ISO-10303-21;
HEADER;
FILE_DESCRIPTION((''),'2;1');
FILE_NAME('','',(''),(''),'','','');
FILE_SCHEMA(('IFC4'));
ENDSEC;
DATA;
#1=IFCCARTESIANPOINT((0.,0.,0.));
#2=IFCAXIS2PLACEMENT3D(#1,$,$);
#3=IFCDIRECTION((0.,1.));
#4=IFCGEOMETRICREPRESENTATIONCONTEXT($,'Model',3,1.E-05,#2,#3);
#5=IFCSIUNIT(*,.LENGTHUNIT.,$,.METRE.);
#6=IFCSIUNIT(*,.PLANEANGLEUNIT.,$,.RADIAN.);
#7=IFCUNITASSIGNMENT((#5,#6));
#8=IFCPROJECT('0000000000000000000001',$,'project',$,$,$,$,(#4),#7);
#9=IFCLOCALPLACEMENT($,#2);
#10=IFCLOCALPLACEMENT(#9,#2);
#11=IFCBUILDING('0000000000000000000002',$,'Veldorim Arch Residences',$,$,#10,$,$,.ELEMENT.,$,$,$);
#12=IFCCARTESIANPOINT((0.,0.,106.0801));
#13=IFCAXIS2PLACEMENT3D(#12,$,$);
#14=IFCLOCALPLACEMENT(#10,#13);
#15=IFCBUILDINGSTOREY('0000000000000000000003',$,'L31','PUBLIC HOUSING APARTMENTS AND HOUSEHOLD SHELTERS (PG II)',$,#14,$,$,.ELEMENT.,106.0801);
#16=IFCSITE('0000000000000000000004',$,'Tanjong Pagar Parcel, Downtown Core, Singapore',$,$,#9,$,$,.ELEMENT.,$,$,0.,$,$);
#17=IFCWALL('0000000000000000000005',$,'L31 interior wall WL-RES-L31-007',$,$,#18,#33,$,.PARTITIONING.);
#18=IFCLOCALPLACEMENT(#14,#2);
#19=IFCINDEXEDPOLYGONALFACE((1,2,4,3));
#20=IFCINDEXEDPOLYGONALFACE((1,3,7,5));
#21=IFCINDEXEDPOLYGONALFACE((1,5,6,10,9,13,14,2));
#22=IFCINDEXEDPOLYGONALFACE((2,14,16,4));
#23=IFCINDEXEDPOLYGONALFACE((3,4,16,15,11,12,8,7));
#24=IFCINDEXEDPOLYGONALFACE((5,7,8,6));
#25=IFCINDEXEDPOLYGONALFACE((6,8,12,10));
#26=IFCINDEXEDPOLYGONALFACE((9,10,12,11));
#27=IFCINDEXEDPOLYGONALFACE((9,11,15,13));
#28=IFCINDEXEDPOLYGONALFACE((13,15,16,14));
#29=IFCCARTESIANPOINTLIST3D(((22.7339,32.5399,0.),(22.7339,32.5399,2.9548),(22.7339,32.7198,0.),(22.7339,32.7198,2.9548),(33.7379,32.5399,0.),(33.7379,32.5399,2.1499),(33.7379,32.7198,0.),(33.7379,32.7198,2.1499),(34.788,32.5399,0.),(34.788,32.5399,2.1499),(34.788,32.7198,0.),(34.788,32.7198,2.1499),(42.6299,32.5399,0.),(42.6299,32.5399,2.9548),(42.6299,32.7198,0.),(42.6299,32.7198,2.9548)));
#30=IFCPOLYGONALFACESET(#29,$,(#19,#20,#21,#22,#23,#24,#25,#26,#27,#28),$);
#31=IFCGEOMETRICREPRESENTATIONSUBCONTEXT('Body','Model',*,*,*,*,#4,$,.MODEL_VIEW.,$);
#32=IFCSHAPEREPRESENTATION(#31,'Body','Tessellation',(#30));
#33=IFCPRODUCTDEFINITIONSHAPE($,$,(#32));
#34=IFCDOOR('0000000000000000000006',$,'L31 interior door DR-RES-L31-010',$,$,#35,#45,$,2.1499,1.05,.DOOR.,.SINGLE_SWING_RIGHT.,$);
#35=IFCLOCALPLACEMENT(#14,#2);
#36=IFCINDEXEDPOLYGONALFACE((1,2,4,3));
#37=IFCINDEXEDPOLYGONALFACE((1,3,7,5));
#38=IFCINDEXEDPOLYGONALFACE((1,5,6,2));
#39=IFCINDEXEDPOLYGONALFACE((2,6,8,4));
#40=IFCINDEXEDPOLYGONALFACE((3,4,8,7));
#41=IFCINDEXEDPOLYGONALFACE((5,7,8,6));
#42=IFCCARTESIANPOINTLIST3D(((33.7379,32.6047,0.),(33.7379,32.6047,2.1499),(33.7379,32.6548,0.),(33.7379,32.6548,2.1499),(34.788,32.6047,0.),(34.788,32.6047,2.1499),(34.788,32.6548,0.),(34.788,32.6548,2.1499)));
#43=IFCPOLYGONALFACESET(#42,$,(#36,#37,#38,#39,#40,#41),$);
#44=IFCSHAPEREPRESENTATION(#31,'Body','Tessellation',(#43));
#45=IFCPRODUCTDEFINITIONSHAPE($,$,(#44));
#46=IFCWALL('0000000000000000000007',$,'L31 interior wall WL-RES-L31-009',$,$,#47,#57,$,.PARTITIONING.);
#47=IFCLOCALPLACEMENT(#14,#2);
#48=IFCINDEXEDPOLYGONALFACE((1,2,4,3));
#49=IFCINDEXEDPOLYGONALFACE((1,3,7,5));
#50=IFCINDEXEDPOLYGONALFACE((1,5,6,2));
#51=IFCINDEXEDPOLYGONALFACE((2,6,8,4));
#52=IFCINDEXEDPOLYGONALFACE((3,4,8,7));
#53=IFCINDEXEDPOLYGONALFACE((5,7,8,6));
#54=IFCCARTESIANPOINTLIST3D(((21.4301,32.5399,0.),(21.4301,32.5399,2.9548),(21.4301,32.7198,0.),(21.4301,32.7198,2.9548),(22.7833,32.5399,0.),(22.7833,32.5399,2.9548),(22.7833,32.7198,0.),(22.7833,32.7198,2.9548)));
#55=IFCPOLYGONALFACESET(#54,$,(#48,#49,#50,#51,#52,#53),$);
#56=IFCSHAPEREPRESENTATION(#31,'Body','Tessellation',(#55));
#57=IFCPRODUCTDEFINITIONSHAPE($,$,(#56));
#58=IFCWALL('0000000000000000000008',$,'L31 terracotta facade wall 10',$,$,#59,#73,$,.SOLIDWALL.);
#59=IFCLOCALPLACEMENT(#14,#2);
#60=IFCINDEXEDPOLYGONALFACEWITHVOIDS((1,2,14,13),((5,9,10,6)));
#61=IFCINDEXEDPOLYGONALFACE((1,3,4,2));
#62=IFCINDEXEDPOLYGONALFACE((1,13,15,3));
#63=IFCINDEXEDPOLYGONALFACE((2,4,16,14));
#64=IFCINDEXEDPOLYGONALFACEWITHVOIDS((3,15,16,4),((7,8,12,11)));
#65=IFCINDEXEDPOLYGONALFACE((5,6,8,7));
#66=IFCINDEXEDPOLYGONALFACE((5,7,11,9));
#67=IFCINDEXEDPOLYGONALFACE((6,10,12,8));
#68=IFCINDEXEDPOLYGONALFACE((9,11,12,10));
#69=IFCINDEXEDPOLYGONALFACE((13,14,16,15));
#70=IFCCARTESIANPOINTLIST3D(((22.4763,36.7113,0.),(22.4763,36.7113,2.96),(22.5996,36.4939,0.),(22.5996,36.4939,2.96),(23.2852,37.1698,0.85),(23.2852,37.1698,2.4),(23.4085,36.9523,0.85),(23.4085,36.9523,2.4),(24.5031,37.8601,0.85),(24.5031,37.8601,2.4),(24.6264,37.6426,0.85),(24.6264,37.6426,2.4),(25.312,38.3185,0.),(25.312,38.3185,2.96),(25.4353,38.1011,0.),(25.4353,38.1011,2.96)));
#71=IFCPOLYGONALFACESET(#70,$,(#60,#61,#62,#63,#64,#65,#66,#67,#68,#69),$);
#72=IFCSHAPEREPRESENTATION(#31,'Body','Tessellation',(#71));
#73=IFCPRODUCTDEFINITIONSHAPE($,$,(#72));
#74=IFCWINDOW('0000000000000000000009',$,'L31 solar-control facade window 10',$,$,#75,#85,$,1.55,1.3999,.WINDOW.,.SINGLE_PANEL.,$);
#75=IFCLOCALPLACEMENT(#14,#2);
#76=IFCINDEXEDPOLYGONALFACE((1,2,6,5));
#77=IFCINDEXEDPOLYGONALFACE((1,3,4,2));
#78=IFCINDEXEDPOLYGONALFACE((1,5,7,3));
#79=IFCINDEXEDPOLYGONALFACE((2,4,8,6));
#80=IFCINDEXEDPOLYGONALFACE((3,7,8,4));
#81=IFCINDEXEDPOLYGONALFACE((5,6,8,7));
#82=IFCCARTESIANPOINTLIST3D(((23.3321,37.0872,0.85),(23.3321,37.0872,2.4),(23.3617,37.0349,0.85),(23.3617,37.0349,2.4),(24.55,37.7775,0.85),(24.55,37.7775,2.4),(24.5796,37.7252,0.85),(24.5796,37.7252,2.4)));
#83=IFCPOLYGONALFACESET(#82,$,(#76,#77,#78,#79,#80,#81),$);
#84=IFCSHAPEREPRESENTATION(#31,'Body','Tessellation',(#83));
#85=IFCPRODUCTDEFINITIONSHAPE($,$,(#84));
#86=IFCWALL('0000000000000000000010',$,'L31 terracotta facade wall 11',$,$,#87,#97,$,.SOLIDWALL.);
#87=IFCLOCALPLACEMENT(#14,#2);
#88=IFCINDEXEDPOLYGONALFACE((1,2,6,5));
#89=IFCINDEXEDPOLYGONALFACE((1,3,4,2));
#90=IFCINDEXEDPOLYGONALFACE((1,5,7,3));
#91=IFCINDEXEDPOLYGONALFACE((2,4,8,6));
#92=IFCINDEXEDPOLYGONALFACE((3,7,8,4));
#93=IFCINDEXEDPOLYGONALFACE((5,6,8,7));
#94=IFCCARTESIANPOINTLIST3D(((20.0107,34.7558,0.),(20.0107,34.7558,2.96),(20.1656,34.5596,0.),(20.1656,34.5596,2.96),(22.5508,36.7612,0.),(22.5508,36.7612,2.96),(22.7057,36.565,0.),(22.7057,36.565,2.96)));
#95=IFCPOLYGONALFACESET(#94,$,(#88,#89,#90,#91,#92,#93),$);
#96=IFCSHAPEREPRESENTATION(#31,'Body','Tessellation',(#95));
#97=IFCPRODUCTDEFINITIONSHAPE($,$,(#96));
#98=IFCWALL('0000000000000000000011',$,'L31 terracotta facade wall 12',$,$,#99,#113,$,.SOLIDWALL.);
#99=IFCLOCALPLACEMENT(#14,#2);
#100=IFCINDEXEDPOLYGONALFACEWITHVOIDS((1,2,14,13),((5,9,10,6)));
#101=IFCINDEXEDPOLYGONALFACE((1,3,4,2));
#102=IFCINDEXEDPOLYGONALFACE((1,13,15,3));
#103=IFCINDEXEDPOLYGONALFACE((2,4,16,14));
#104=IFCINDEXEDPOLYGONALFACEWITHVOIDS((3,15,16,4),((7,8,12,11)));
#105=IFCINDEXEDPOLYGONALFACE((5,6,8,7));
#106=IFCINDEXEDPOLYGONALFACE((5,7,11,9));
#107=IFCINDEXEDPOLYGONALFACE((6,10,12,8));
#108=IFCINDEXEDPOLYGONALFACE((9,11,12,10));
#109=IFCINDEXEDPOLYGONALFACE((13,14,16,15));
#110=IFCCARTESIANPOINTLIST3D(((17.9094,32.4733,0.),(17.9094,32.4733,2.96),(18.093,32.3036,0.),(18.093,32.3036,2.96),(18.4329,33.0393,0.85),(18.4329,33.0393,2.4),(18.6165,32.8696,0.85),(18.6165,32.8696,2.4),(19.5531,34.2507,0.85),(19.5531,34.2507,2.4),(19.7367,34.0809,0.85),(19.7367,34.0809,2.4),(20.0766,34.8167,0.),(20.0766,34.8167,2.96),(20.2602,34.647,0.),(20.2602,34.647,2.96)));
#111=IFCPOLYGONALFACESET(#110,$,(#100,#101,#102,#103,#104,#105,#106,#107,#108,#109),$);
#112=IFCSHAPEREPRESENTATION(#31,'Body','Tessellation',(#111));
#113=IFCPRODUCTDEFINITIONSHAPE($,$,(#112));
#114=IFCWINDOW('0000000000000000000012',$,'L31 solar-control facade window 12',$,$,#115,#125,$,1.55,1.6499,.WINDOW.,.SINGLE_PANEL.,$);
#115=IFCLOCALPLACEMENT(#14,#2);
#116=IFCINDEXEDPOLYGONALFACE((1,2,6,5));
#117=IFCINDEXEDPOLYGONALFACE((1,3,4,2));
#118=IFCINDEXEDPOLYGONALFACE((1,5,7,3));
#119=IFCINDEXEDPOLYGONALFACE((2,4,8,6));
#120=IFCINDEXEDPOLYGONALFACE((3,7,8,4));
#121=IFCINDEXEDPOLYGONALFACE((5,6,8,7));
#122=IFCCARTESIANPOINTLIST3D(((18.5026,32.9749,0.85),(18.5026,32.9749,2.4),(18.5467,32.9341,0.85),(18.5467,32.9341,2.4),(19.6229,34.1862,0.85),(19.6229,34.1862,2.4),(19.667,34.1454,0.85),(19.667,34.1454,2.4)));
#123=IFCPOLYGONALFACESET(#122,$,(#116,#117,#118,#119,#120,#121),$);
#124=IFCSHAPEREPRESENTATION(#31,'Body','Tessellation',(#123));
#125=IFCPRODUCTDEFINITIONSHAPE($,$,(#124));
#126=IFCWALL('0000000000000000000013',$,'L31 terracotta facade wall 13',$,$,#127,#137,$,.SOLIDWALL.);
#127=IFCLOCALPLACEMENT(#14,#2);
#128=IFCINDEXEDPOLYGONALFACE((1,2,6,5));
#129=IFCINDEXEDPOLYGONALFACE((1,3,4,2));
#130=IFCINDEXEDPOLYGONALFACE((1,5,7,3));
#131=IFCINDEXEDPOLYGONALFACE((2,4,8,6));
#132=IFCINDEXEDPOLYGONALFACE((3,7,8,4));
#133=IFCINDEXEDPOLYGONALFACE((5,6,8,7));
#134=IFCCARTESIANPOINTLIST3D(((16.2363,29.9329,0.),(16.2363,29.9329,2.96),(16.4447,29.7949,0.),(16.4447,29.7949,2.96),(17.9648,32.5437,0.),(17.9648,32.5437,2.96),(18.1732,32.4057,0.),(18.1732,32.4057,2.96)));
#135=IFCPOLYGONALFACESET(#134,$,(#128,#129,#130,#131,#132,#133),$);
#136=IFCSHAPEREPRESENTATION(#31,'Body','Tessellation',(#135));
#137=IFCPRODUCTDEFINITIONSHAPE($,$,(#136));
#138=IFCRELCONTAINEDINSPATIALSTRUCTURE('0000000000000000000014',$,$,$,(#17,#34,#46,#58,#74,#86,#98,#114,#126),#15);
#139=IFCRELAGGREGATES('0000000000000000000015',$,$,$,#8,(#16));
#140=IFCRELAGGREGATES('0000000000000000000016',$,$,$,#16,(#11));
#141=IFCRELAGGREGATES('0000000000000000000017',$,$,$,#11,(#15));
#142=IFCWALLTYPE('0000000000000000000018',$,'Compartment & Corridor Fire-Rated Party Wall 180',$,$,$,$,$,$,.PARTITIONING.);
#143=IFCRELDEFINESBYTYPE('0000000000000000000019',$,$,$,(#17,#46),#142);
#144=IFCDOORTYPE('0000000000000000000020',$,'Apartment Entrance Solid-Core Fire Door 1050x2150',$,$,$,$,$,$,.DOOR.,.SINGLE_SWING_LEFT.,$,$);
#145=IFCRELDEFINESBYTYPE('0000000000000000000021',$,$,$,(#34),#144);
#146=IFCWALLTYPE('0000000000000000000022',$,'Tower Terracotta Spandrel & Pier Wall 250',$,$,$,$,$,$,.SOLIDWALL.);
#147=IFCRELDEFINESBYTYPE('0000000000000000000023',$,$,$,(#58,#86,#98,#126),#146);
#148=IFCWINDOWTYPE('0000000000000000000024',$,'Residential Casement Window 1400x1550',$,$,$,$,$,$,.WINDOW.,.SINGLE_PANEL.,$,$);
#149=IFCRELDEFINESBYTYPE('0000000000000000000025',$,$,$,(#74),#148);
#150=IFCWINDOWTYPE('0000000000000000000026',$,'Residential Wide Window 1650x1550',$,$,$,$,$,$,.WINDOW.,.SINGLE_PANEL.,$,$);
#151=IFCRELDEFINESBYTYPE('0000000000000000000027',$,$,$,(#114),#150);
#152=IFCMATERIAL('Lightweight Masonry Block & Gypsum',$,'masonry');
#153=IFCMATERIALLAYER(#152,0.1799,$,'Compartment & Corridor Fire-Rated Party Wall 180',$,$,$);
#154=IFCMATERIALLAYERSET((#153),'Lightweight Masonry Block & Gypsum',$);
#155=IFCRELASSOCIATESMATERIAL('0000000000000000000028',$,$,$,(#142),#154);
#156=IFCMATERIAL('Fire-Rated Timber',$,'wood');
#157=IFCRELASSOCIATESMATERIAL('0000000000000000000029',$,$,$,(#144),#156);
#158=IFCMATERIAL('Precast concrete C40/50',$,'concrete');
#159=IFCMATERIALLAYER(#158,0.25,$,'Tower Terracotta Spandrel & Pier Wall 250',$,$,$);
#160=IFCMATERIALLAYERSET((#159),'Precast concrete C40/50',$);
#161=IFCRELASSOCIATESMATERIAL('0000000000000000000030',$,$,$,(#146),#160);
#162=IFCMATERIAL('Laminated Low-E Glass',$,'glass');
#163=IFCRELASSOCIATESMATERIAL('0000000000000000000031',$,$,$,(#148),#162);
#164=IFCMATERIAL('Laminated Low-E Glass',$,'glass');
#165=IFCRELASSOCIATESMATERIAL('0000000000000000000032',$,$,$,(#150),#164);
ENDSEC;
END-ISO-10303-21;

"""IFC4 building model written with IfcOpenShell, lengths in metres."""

from ifc_helpers import new_model, si_unit, direction, frame, frame_2d, origin, place, context, subcontext, project, spatial, rectangle, extrude, material, layer, layer_set, type_object, element, fill, save


model = new_model("IFC4")

# Units and contexts
model_context = context("Model", 3, precision=1e-05, world=origin(), true_north=direction((0.0, 1.0)))
body_context = subcontext(model_context, "Body", "Model", "MODEL_VIEW")
ifc_project = project(units=[si_unit("LENGTHUNIT", "METRE"), si_unit("PLANEANGLEUNIT", "RADIAN")], contexts=[model_context])

# Site, building, storey
site_placement = place(None, origin())
site = spatial("IfcSite", under=ifc_project, at=site_placement, Name="Tanjong Pagar Parcel, Downtown Core, Singapore", CompositionType="ELEMENT", RefElevation=0.0)
building_placement = place(site_placement, origin())
building = spatial("IfcBuilding", under=site, at=building_placement, Name="Veldorim Arch Residences", CompositionType="ELEMENT")
storey_placement = place(building_placement, frame((0.0, 0.0, 106.0801)))
storey = spatial("IfcBuildingStorey", under=building, at=storey_placement, Name="L31", Description="PUBLIC HOUSING APARTMENTS AND HOUSEHOLD SHELTERS (PG II)", CompositionType="ELEMENT", Elevation=106.0801)

# Shared definitions
ifc_material_1 = material(Name="Lightweight Masonry Block & Gypsum", Category="masonry")
ifc_layer_1 = layer(ifc_material_1, 0.1799, Name="Compartment & Corridor Fire-Rated Party Wall 180")
ifc_layer_set_1 = layer_set([ifc_layer_1], Name="Lightweight Masonry Block & Gypsum")
wall_type_1 = type_object("IfcWallType", Name="Compartment & Corridor Fire-Rated Party Wall 180", PredefinedType="PARTITIONING", material=ifc_layer_set_1)

# Wall, opening, door
wall_1_placement = place(storey_placement, frame((22.7339, 32.6299, 0.0), z_axis=(0.0, 0.0, 1.0), x_axis=(1.0, 0.0, 0.0)))
wall_1 = element("IfcWall", 1, at=wall_1_placement, inside=storey, type_object=wall_type_1, Name="L31 interior wall WL-RES-L31-007", PredefinedType="PARTITIONING", context=body_context, shape_type="SweptSolid", body=[
    extrude(rectangle(XDim=19.896, YDim=0.1799, at=frame_2d((9.948, 0.0))), origin(), (0.0, 0.0, 1.0), 2.9548),
])
opening_1_placement = place(wall_1_placement, frame((11.0042, 0.0, 0.0)))
opening_1 = element("IfcOpeningElement", 2, at=opening_1_placement, cuts=wall_1, PredefinedType="OPENING", context=body_context, shape_type="SweptSolid", body=[
    extrude(rectangle(XDim=1.05, YDim=2.1499, at=frame_2d((0.5249, 1.075))), frame((0.0, 0.0999, 0.0), z_axis=(0.0, -1.0, 0.0), x_axis=(1.0, 0.0, 0.0)), (0.0, 0.0, 1.0), 0.2),
])
ifc_material_2 = material(Name="Fire-Rated Timber", Category="wood")
door_type_1 = type_object("IfcDoorType", Name="Apartment Entrance Solid-Core Fire Door 1050x2150", OperationType="SINGLE_SWING_LEFT", PredefinedType="DOOR", material=ifc_material_2)
door_1_placement = place(opening_1_placement, origin())
door_1 = element("IfcDoor", 3, at=door_1_placement, inside=storey, type_object=door_type_1, Name="L31 interior door DR-RES-L31-010", OperationType="SINGLE_SWING_RIGHT", OverallHeight=2.1499, OverallWidth=1.05, PredefinedType="DOOR", context=body_context, shape_type="SweptSolid", body=[
    extrude(rectangle(XDim=1.05, YDim=2.1499, at=frame_2d((0.5249, 1.075))), frame((0.0, 0.0249, 0.0), z_axis=(0.0, -1.0, 0.0), x_axis=(1.0, 0.0, 0.0)), (0.0, 0.0, 1.0), 0.05),
])
fill(opening_1, door_1)

# Wall
wall_2_placement = place(storey_placement, frame((21.4299, 32.6299, 0.0), z_axis=(0.0, 0.0, 1.0), x_axis=(1.0, 0.0, 0.0)))
element("IfcWall", 4, at=wall_2_placement, inside=storey, type_object=wall_type_1, Name="L31 interior wall WL-RES-L31-009", PredefinedType="PARTITIONING", context=body_context, shape_type="SweptSolid", body=[
    extrude(rectangle(XDim=1.3533, YDim=0.1799, at=frame_2d((0.6768, 0.0))), origin(), (0.0, 0.0, 1.0), 2.9548),
])

# Wall, opening, window
ifc_material_3 = material(Name="Precast concrete C40/50", Category="concrete")
ifc_layer_2 = layer(ifc_material_3, 0.25, Name="Tower Terracotta Spandrel & Pier Wall 250")
ifc_layer_set_2 = layer_set([ifc_layer_2], Name="Precast concrete C40/50")
wall_type_2 = type_object("IfcWallType", Name="Tower Terracotta Spandrel & Pier Wall 250", PredefinedType="SOLIDWALL", material=ifc_layer_set_2)
wall_3_placement = place(storey_placement, frame((22.5378, 36.6025, 0.0), z_axis=(0.0, 0.0, 1.0), x_axis=(0.869985, 0.493079, 0.0)))
wall_3 = element("IfcWall", 5, at=wall_3_placement, inside=storey, type_object=wall_type_2, Name="L31 terracotta facade wall 10", PredefinedType="SOLIDWALL", context=body_context, shape_type="SweptSolid", body=[
    extrude(rectangle(XDim=3.2595, YDim=0.25, at=frame_2d((1.6299, 0.0))), origin(), (0.0, 0.0, 1.0), 2.96),
])
opening_2_placement = place(wall_3_placement, frame((0.9299, 0.0, 0.8501)))
opening_2 = element("IfcOpeningElement", 6, at=opening_2_placement, cuts=wall_3, PredefinedType="OPENING", context=body_context, shape_type="SweptSolid", body=[
    extrude(rectangle(XDim=1.3999, YDim=1.55, at=frame_2d((0.7, 0.7749))), frame((0.0, 0.135, 0.0), z_axis=(0.0, -1.0, 0.0), x_axis=(1.0, 0.0, 0.0)), (0.0, 0.0, 1.0), 0.27),
])
ifc_material_4 = material(Name="Laminated Low-E Glass", Category="glass")
window_type_1 = type_object("IfcWindowType", Name="Residential Casement Window 1400x1550", PartitioningType="SINGLE_PANEL", PredefinedType="WINDOW", material=ifc_material_4)
window_1_placement = place(opening_2_placement, origin())
window_1 = element("IfcWindow", 7, at=window_1_placement, inside=storey, type_object=window_type_1, Name="L31 solar-control facade window 10", OverallHeight=1.55, OverallWidth=1.3999, PartitioningType="SINGLE_PANEL", PredefinedType="WINDOW", context=body_context, shape_type="SweptSolid", body=[
    extrude(rectangle(XDim=1.3999, YDim=1.55, at=frame_2d((0.7, 0.7749))), frame((0.0, 0.03, 0.0), z_axis=(0.0, -1.0, 0.0), x_axis=(1.0, 0.0, 0.0)), (0.0, 0.0, 1.0), 0.0601),
])
fill(opening_2, window_1)

# Wall
wall_4_placement = place(storey_placement, frame((20.0881, 34.6577, 0.0), z_axis=(0.0, 0.0, 1.0), x_axis=(0.784871, 0.619659, 0.0)))
element("IfcWall", 8, at=wall_4_placement, inside=storey, type_object=wall_type_2, Name="L31 terracotta facade wall 11", PredefinedType="SOLIDWALL", context=body_context, shape_type="SweptSolid", body=[
    extrude(rectangle(XDim=3.2363, YDim=0.25, at=frame_2d((1.6182, 0.0))), origin(), (0.0, 0.0, 1.0), 2.96),
])

# Wall, opening, window
wall_5_placement = place(storey_placement, frame((18.0012, 32.3884, 0.0), z_axis=(0.0, 0.0, 1.0), x_axis=(0.678956, 0.734179, 0.0)))
wall_5 = element("IfcWall", 9, at=wall_5_placement, inside=storey, type_object=wall_type_2, Name="L31 terracotta facade wall 12", PredefinedType="SOLIDWALL", context=body_context, shape_type="SweptSolid", body=[
    extrude(rectangle(XDim=3.1919, YDim=0.25, at=frame_2d((1.5959, 0.0))), origin(), (0.0, 0.0, 1.0), 2.96),
])
opening_3_placement = place(wall_5_placement, frame((0.771, 0.0, 0.8501)))
opening_3 = element("IfcOpeningElement", 10, at=opening_3_placement, cuts=wall_5, PredefinedType="OPENING", context=body_context, shape_type="SweptSolid", body=[
    extrude(rectangle(XDim=1.6499, YDim=1.55, at=frame_2d((0.825, 0.7749))), frame((0.0, 0.135, 0.0), z_axis=(0.0, -1.0, 0.0), x_axis=(1.0, 0.0, 0.0)), (0.0, 0.0, 1.0), 0.27),
])
ifc_material_5 = material(Name="Laminated Low-E Glass", Category="glass")
window_type_2 = type_object("IfcWindowType", Name="Residential Wide Window 1650x1550", PartitioningType="SINGLE_PANEL", PredefinedType="WINDOW", material=ifc_material_5)
window_2_placement = place(opening_3_placement, origin())
window_2 = element("IfcWindow", 11, at=window_2_placement, inside=storey, type_object=window_type_2, Name="L31 solar-control facade window 12", OverallHeight=1.55, OverallWidth=1.6499, PartitioningType="SINGLE_PANEL", PredefinedType="WINDOW", context=body_context, shape_type="SweptSolid", body=[
    extrude(rectangle(XDim=1.6499, YDim=1.55, at=frame_2d((0.825, 0.7749))), frame((0.0, 0.03, 0.0), z_axis=(0.0, -1.0, 0.0), x_axis=(1.0, 0.0, 0.0)), (0.0, 0.0, 1.0), 0.0601),
])
fill(opening_3, window_2)

# Wall
wall_6_placement = place(storey_placement, frame((16.3406, 29.864, 0.0), z_axis=(0.0, 0.0, 1.0), x_axis=(0.552034, 0.833821, 0.0)))
element("IfcWall", 12, at=wall_6_placement, inside=storey, type_object=wall_type_2, Name="L31 terracotta facade wall 13", PredefinedType="SOLIDWALL", context=body_context, shape_type="SweptSolid", body=[
    extrude(rectangle(XDim=3.1311, YDim=0.25, at=frame_2d((1.5654, 0.0))), origin(), (0.0, 0.0, 1.0), 2.96),
])

save(model, "model.ifc")
